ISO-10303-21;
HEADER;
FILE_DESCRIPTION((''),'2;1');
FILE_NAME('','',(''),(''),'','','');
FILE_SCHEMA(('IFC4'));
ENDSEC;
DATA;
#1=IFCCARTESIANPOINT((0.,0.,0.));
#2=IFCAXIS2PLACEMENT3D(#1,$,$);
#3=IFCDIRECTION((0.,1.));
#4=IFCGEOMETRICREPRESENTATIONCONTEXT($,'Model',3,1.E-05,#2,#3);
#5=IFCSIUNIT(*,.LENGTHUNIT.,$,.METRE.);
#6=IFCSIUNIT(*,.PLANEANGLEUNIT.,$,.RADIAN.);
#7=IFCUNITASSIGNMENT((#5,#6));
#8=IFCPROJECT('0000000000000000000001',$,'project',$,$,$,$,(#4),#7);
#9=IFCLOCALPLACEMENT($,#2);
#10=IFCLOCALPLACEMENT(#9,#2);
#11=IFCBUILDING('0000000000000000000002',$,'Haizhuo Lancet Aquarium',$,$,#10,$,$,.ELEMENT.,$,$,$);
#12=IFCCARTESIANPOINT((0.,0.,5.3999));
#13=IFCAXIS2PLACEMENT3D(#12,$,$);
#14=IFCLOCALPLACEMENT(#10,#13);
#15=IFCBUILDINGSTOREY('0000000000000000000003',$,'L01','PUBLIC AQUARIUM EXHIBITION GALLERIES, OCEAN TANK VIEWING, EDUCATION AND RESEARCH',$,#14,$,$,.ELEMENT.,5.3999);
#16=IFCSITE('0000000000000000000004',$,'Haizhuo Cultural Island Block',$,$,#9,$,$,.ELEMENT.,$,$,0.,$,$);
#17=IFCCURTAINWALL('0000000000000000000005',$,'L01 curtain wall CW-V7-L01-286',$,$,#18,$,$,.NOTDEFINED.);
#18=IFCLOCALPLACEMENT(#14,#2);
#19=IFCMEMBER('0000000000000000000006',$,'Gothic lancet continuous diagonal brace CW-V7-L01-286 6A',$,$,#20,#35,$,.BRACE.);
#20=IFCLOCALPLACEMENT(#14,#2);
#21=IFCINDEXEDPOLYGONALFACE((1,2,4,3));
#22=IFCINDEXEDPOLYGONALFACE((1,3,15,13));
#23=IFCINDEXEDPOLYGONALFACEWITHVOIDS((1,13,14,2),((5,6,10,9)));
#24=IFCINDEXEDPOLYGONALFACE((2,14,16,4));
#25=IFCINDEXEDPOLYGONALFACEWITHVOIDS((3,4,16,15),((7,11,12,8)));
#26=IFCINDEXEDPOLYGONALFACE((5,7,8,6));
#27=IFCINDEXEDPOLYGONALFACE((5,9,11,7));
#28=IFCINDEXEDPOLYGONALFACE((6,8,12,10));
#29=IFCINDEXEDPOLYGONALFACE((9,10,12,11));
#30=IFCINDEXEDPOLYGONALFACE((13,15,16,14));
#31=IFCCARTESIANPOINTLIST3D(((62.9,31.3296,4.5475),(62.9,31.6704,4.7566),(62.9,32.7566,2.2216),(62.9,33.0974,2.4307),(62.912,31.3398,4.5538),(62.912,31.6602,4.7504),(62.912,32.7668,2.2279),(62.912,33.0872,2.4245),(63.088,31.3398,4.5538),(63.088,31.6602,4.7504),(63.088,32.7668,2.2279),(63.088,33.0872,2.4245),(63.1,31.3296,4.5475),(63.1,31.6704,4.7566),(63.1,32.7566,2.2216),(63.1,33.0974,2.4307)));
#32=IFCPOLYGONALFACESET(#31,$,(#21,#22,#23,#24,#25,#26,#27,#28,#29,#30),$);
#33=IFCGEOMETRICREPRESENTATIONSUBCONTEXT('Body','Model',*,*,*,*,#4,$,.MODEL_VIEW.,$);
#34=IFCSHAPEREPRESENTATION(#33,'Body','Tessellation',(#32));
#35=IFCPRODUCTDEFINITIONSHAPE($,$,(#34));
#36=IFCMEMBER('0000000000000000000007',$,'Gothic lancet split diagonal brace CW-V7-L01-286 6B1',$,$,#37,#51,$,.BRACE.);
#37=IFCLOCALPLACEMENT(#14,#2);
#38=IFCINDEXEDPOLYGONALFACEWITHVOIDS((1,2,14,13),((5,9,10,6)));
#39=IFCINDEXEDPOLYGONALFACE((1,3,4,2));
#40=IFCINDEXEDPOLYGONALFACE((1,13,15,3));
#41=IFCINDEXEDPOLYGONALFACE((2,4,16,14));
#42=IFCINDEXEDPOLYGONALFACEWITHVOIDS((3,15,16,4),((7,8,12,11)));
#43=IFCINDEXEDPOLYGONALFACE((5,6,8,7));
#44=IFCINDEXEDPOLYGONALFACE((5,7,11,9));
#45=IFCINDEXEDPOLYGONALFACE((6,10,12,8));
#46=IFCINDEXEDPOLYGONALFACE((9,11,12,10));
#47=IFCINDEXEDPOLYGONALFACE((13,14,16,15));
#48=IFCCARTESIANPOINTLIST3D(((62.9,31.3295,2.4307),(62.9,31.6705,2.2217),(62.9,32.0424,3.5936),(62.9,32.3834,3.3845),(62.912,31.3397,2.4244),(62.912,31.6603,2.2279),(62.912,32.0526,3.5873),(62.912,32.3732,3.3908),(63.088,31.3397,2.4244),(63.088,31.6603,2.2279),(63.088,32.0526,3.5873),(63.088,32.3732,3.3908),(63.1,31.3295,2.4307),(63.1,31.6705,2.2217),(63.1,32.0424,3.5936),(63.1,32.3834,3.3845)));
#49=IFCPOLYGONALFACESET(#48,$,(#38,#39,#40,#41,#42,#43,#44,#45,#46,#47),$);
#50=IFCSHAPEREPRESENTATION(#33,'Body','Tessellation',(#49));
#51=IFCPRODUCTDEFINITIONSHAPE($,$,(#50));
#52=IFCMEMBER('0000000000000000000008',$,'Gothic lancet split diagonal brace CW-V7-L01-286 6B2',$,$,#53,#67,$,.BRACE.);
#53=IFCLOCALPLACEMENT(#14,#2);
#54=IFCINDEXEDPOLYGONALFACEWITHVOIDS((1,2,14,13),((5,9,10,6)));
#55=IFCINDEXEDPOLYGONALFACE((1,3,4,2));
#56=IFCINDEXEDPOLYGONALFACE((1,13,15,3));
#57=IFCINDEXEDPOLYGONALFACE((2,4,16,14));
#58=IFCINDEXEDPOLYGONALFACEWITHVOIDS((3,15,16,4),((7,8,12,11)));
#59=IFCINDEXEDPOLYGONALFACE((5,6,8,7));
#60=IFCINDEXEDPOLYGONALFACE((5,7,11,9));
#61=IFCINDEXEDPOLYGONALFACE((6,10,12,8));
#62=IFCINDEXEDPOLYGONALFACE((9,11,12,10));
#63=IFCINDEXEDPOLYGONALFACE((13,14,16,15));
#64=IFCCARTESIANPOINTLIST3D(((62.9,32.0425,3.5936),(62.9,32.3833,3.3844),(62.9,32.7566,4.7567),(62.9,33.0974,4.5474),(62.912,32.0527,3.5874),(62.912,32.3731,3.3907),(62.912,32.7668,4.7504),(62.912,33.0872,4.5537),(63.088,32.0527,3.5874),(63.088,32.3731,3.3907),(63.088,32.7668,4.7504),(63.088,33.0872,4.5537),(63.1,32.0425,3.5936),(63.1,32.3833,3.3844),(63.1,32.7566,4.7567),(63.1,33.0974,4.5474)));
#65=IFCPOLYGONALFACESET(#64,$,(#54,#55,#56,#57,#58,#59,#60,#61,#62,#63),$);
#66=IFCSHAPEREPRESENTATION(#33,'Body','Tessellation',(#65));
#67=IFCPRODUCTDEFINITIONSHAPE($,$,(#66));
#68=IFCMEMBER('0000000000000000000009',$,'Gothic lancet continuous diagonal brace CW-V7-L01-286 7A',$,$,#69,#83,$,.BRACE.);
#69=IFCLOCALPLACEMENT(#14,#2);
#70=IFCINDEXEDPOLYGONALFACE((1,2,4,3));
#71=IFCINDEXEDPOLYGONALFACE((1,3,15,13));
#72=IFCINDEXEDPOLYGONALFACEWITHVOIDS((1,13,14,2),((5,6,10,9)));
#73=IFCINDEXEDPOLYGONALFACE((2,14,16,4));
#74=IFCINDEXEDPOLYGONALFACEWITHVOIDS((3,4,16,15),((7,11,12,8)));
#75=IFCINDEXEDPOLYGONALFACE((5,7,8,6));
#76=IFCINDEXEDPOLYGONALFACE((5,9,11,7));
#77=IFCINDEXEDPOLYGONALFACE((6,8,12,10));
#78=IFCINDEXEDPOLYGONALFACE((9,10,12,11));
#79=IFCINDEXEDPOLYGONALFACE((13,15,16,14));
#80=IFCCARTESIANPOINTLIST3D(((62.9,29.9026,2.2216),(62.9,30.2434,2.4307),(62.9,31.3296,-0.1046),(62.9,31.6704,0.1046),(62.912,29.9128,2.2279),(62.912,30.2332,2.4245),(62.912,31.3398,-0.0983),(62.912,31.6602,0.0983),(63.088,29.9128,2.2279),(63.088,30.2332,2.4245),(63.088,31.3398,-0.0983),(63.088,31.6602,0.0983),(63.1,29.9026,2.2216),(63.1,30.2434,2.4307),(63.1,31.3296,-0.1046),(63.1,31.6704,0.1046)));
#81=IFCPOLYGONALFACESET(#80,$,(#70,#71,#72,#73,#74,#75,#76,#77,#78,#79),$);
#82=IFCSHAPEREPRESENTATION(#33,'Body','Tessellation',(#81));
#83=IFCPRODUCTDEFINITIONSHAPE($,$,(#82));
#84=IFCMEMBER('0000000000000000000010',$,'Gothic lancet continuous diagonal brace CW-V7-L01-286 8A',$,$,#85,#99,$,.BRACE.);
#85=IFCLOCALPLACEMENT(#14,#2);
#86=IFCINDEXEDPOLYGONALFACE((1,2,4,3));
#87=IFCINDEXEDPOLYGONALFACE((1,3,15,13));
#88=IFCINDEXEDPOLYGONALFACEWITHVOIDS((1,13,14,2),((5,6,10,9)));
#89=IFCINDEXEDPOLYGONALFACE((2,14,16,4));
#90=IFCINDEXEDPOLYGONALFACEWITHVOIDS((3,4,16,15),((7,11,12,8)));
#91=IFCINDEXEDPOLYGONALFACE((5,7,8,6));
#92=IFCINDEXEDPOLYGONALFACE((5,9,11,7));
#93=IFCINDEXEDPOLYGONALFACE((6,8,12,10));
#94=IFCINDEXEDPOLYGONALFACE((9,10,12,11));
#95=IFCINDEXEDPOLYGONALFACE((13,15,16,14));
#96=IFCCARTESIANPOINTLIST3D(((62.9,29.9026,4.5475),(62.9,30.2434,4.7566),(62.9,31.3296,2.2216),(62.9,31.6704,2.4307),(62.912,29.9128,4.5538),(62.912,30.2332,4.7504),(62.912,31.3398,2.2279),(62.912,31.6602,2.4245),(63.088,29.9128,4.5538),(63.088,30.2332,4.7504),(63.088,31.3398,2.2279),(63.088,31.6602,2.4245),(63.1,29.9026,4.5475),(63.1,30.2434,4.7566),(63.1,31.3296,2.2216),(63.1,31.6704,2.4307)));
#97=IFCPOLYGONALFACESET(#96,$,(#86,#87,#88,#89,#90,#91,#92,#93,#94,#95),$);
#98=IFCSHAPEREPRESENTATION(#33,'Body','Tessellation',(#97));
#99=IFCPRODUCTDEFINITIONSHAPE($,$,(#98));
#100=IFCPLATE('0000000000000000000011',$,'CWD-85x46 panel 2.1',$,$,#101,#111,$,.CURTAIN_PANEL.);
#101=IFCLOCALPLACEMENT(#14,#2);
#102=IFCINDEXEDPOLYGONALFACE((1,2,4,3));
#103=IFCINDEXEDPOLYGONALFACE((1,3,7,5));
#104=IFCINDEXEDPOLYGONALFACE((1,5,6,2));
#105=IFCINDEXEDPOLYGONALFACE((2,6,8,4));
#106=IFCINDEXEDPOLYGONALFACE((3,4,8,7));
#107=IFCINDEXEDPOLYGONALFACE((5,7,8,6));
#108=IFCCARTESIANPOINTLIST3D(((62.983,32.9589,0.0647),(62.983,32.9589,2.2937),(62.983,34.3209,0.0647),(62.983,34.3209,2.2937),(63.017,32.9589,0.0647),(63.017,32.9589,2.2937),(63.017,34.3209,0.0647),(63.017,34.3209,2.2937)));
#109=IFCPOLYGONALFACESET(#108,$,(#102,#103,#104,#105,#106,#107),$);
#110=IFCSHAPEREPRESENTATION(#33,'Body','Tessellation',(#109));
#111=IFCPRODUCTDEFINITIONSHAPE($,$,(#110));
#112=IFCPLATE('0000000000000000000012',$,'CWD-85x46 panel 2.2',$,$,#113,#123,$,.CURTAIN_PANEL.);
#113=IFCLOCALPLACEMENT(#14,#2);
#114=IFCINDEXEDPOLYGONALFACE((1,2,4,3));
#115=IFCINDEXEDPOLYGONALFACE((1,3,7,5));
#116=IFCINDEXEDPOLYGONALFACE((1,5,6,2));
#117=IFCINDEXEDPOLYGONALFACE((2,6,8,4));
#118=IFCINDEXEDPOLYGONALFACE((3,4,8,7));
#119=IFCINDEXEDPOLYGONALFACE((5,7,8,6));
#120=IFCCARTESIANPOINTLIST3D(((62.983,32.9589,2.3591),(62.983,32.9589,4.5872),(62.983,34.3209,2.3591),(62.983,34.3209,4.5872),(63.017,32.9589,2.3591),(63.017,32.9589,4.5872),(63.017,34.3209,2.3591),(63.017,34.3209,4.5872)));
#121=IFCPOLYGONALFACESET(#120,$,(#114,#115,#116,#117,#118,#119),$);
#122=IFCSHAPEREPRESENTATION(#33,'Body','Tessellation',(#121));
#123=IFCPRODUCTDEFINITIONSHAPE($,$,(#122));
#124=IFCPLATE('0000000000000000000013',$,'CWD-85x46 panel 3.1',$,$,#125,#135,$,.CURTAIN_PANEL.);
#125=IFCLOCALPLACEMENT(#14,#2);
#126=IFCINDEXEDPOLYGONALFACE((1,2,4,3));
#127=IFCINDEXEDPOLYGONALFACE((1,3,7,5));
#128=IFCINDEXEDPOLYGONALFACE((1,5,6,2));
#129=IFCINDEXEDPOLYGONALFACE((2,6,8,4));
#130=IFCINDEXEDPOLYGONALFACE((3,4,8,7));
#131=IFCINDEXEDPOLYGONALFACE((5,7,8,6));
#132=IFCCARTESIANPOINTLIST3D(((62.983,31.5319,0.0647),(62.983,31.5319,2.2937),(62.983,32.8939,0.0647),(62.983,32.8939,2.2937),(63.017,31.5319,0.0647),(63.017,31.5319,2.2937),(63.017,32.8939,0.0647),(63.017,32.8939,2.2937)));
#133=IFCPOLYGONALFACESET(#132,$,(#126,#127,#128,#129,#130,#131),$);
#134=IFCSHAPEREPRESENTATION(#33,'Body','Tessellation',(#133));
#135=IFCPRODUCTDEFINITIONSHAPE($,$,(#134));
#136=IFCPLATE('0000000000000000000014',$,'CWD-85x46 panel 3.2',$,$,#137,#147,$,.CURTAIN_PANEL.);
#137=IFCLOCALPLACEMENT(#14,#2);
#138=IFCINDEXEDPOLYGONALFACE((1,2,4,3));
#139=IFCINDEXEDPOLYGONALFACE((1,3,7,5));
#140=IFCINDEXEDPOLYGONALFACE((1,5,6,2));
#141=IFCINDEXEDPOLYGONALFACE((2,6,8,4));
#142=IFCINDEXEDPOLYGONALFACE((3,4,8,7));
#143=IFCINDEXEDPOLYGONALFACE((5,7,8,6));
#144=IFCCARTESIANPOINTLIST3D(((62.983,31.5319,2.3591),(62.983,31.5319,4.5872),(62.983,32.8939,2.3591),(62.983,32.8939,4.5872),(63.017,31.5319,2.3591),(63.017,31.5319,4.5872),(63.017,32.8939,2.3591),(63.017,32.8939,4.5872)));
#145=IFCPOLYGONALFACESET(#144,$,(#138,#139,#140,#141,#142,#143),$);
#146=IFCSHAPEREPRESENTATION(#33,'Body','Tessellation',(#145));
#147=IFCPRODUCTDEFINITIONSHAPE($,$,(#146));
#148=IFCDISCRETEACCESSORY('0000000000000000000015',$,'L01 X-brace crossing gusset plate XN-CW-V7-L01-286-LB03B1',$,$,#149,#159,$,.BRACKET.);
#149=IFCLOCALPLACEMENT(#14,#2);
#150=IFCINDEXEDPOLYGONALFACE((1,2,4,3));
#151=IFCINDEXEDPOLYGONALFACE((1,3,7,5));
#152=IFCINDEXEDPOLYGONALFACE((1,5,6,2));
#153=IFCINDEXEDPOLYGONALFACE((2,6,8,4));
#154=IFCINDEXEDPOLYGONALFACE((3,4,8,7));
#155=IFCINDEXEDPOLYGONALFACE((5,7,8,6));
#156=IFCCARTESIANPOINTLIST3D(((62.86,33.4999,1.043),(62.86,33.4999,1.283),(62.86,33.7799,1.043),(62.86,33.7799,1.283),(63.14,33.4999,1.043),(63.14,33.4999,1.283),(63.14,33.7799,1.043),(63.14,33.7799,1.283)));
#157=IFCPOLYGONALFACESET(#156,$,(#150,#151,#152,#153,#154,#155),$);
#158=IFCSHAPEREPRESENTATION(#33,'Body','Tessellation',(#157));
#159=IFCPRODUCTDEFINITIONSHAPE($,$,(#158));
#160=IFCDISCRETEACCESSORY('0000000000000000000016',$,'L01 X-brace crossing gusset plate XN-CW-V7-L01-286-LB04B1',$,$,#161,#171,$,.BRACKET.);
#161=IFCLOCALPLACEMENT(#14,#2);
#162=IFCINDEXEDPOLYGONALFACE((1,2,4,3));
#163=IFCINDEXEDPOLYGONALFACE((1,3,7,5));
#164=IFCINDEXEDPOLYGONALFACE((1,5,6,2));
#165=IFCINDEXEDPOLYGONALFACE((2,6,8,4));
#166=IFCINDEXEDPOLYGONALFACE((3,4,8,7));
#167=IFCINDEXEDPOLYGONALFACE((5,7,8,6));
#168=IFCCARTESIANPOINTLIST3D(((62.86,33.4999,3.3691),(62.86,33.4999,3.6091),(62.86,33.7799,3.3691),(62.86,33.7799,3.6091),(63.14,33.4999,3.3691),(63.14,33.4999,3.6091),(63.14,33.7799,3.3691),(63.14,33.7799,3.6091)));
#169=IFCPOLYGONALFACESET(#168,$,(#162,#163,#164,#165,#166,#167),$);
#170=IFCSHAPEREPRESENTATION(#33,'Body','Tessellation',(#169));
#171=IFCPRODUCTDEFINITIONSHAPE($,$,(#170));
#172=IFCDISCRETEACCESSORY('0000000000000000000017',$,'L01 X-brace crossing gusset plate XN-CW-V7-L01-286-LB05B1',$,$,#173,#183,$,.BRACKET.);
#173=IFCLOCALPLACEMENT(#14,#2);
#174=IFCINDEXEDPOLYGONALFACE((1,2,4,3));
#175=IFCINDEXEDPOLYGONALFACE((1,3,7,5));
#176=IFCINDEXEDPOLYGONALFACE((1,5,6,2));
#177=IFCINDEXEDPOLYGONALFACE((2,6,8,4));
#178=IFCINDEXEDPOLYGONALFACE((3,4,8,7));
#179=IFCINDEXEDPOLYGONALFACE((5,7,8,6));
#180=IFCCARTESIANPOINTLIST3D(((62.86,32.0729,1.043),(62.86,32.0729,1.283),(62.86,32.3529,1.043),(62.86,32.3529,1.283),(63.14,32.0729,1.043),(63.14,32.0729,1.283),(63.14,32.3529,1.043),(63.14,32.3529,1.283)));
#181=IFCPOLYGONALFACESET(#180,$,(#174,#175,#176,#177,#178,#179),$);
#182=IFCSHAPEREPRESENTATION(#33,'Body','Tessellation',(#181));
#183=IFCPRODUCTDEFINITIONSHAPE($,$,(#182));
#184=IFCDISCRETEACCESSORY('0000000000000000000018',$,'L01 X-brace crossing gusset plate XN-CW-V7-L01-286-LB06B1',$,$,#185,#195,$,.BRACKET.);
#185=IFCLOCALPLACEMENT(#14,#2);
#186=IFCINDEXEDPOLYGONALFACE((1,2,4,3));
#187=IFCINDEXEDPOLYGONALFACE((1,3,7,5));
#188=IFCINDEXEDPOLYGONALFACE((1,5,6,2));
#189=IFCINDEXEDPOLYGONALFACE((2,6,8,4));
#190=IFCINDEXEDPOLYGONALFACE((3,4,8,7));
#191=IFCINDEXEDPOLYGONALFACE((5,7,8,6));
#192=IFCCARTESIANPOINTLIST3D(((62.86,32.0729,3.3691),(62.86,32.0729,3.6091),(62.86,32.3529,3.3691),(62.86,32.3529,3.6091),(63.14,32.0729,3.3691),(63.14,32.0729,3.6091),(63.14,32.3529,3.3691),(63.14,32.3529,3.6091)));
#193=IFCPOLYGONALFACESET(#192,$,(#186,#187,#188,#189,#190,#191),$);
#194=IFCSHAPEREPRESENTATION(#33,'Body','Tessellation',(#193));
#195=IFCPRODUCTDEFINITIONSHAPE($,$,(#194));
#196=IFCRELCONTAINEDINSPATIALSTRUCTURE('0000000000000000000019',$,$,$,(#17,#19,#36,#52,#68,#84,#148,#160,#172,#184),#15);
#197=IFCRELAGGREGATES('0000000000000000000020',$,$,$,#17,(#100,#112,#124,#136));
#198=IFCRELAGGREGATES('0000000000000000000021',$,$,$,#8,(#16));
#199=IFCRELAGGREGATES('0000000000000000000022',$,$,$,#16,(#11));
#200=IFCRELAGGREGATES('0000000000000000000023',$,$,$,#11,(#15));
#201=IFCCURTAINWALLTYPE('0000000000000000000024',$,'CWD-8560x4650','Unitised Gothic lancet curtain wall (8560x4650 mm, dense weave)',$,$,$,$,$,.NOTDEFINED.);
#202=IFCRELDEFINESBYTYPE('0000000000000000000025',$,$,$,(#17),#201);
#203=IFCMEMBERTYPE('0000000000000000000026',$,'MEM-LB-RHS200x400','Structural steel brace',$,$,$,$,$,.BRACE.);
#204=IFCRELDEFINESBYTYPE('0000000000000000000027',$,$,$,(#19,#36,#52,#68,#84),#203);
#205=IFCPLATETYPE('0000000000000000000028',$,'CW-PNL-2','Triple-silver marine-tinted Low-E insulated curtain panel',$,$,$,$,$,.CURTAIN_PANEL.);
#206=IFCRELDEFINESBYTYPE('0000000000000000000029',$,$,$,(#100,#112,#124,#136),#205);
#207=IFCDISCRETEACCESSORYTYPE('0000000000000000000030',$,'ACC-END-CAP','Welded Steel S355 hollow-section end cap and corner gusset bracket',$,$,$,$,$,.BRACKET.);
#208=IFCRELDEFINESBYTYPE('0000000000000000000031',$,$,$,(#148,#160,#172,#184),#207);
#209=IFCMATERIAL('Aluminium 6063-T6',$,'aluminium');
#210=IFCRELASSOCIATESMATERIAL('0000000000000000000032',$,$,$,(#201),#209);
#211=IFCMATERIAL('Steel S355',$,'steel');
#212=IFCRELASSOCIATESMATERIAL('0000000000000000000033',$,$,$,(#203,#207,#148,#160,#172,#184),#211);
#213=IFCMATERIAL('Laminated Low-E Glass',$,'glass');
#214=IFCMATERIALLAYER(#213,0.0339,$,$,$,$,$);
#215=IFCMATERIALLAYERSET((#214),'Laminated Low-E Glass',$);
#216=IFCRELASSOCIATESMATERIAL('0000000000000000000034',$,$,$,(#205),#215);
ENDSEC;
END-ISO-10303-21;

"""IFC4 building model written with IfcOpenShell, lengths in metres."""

from ifc_helpers import new_model, si_unit, direction, frame, origin, origin_2d, place, context, subcontext, project, spatial, rectangle, hollow_rectangle, extrude, material, layer, layer_set, material_profile, profile_set, type_object, element, aggregate, save


model = new_model("IFC4")

# Units and contexts
model_context = context("Model", 3, precision=1e-05, world=origin(), true_north=direction((0.0, 1.0)))
body_context = subcontext(model_context, "Body", "Model", "MODEL_VIEW")
ifc_project = project(units=[si_unit("LENGTHUNIT", "METRE"), si_unit("PLANEANGLEUNIT", "RADIAN")], contexts=[model_context])

# Site, building, storey
site_placement = place(None, origin())
site = spatial("IfcSite", under=ifc_project, at=site_placement, Name="Haizhuo Cultural Island Block", CompositionType="ELEMENT", RefElevation=0.0)
building_placement = place(site_placement, origin())
building = spatial("IfcBuilding", under=site, at=building_placement, Name="Haizhuo Lancet Aquarium", CompositionType="ELEMENT")
storey_placement = place(building_placement, frame((0.0, 0.0, 5.3999)))
storey = spatial("IfcBuildingStorey", under=building, at=storey_placement, Name="L01", Description="PUBLIC AQUARIUM EXHIBITION GALLERIES, OCEAN TANK VIEWING, EDUCATION AND RESEARCH", CompositionType="ELEMENT", Elevation=5.3999)

# Curtain wall
ifc_material_1 = material(Name="Aluminium 6063-T6", Category="aluminium")
curtain_wall_type = type_object("IfcCurtainWallType", Name="CWD-8560x4650", Description="Unitised Gothic lancet curtain wall (8560x4650 mm, dense weave)", PredefinedType="NOTDEFINED", material=ifc_material_1)
curtain_wall_placement = place(storey_placement, origin())
curtain_wall = element("IfcCurtainWall", 1, at=curtain_wall_placement, inside=storey, type_object=curtain_wall_type, Name="L01 curtain wall CW-V7-L01-286", PredefinedType="NOTDEFINED")

# Members
ifc_material_2 = material(Name="Steel S355", Category="steel")
ifc_material_profile_1 = material_profile(ifc_material_2, hollow_rectangle(XDim=0.2, YDim=0.3999, WallThickness=0.012, at=origin_2d()), Name="RHS 200x400x12")
ifc_profile_set_1 = profile_set([ifc_material_profile_1], Name="Steel S355")
member_type_1 = type_object("IfcMemberType", Name="MEM-LB-RHS200x400", Description="Structural steel brace", PredefinedType="BRACE", material=ifc_profile_set_1)
member_1_placement = place(storey_placement, frame((63.0, 32.927, 2.3262), z_axis=(0.0, -0.522944, 0.852367), x_axis=(1.0, 0.0, 0.0)))
element("IfcMember", 2, at=member_1_placement, inside=storey, type_object=member_type_1, Name="Gothic lancet continuous diagonal brace CW-V7-L01-286 6A", PredefinedType="BRACE", context=body_context, shape_type="SweptSolid", body=[
    extrude(hollow_rectangle(XDim=0.2, YDim=0.3999, WallThickness=0.012, at=origin_2d()), origin(), (0.0, 0.0, 1.0), 2.7288),
])
member_2_placement = place(storey_placement, frame((63.0, 31.5, 2.3262), z_axis=(0.0, 0.522659, 0.852542), x_axis=(-1.0, 0.0, 0.0)))
element("IfcMember", 3, at=member_2_placement, inside=storey, type_object=member_type_1, Name="Gothic lancet split diagonal brace CW-V7-L01-286 6B1", PredefinedType="BRACE", context=body_context, shape_type="SweptSolid", body=[
    extrude(hollow_rectangle(XDim=0.2, YDim=0.3999, WallThickness=0.012, at=origin_2d()), origin(), (0.0, 0.0, 1.0), 1.364),
])
member_3_placement = place(storey_placement, frame((63.0, 32.2129, 3.489), z_axis=(0.0, 0.523229, 0.852192), x_axis=(-1.0, 0.0, 0.0)))
element("IfcMember", 4, at=member_3_placement, inside=storey, type_object=member_type_1, Name="Gothic lancet split diagonal brace CW-V7-L01-286 6B2", PredefinedType="BRACE", context=body_context, shape_type="SweptSolid", body=[
    extrude(hollow_rectangle(XDim=0.2, YDim=0.3999, WallThickness=0.012, at=origin_2d()), origin(), (0.0, 0.0, 1.0), 1.3647),
])
member_4_placement = place(storey_placement, frame((63.0, 31.5, 0.0), z_axis=(0.0, -0.522904, 0.852392), x_axis=(1.0, 0.0, 0.0)))
element("IfcMember", 5, at=member_4_placement, inside=storey, type_object=member_type_1, Name="Gothic lancet continuous diagonal brace CW-V7-L01-286 7A", PredefinedType="BRACE", context=body_context, shape_type="SweptSolid", body=[
    extrude(hollow_rectangle(XDim=0.2, YDim=0.3999, WallThickness=0.012, at=origin_2d()), origin(), (0.0, 0.0, 1.0), 2.729),
])
member_5_placement = place(storey_placement, frame((63.0, 31.5, 2.3262), z_axis=(0.0, -0.522944, 0.852367), x_axis=(1.0, 0.0, 0.0)))
element("IfcMember", 6, at=member_5_placement, inside=storey, type_object=member_type_1, Name="Gothic lancet continuous diagonal brace CW-V7-L01-286 8A", PredefinedType="BRACE", context=body_context, shape_type="SweptSolid", body=[
    extrude(hollow_rectangle(XDim=0.2, YDim=0.3999, WallThickness=0.012, at=origin_2d()), origin(), (0.0, 0.0, 1.0), 2.7288),
])

# Plates
ifc_material_3 = material(Name="Laminated Low-E Glass", Category="glass")
ifc_layer = layer(ifc_material_3, 0.0339)
ifc_layer_set = layer_set([ifc_layer], Name="Laminated Low-E Glass")
plate_type = type_object("IfcPlateType", Name="CW-PNL-2", Description="Triple-silver marine-tinted Low-E insulated curtain panel", PredefinedType="CURTAIN_PANEL", material=ifc_layer_set)
plate_1_placement = place(storey_placement, frame((63.0, 33.6399, 0.0647), z_axis=(0.0, 0.0, 1.0), x_axis=(0.0, -1.0, 0.0)))
plate_1 = element("IfcPlate", 7, at=plate_1_placement, type_object=plate_type, Name="CWD-85x46 panel 2.1", PredefinedType="CURTAIN_PANEL", context=body_context, shape_type="SweptSolid", body=[
    extrude(rectangle(XDim=1.3621, YDim=0.0339, at=origin_2d()), origin(), (0.0, 0.0, 1.0), 2.229),
])
plate_2_placement = place(storey_placement, frame((63.0, 33.6399, 2.3591), z_axis=(0.0, 0.0, 1.0), x_axis=(0.0, -1.0, 0.0)))
plate_2 = element("IfcPlate", 8, at=plate_2_placement, type_object=plate_type, Name="CWD-85x46 panel 2.2", PredefinedType="CURTAIN_PANEL", context=body_context, shape_type="SweptSolid", body=[
    extrude(rectangle(XDim=1.3621, YDim=0.0339, at=origin_2d()), origin(), (0.0, 0.0, 1.0), 2.228),
])
plate_3_placement = place(storey_placement, frame((63.0, 32.2129, 0.0647), z_axis=(0.0, 0.0, 1.0), x_axis=(0.0, -1.0, 0.0)))
plate_3 = element("IfcPlate", 9, at=plate_3_placement, type_object=plate_type, Name="CWD-85x46 panel 3.1", PredefinedType="CURTAIN_PANEL", context=body_context, shape_type="SweptSolid", body=[
    extrude(rectangle(XDim=1.3621, YDim=0.0339, at=origin_2d()), origin(), (0.0, 0.0, 1.0), 2.229),
])
plate_4_placement = place(storey_placement, frame((63.0, 32.2129, 2.3591), z_axis=(0.0, 0.0, 1.0), x_axis=(0.0, -1.0, 0.0)))
plate_4 = element("IfcPlate", 10, at=plate_4_placement, type_object=plate_type, Name="CWD-85x46 panel 3.2", PredefinedType="CURTAIN_PANEL", context=body_context, shape_type="SweptSolid", body=[
    extrude(rectangle(XDim=1.3621, YDim=0.0339, at=origin_2d()), origin(), (0.0, 0.0, 1.0), 2.228),
])
aggregate(curtain_wall, [plate_1, plate_2, plate_3, plate_4])

# Discrete accessories
discrete_accessory_type = type_object("IfcDiscreteAccessoryType", Name="ACC-END-CAP", Description="Welded Steel S355 hollow-section end cap and corner gusset bracket", PredefinedType="BRACKET", material=ifc_material_2)
for number, where, z_axis, x_axis, name in (
    (11, (63.0, 33.6399, 1.043), (0.0, 0.0, 1.0), (1.0, 0.0, 0.0), "L01 X-brace crossing gusset plate XN-CW-V7-L01-286-LB03B1"),
    (12, (63.0, 33.6399, 3.3691), (0.0, 0.0, 1.0), (1.0, 0.0, 0.0), "L01 X-brace crossing gusset plate XN-CW-V7-L01-286-LB04B1"),
    (13, (63.0, 32.2129, 1.043), (0.0, 0.0, 1.0), (1.0, 0.0, 0.0), "L01 X-brace crossing gusset plate XN-CW-V7-L01-286-LB05B1"),
    (14, (63.0, 32.2129, 3.3691), (0.0, 0.0, 1.0), (1.0, 0.0, 0.0), "L01 X-brace crossing gusset plate XN-CW-V7-L01-286-LB06B1"),
):
    element("IfcDiscreteAccessory", number, at=place(storey_placement, frame(where, z_axis=z_axis, x_axis=x_axis)), inside=storey, type_object=discrete_accessory_type, material=ifc_material_2, Name=name, PredefinedType="BRACKET", context=body_context, shape_type="SweptSolid", body=[
        extrude(rectangle(XDim=0.28, YDim=0.28, at=origin_2d()), origin(), (0.0, 0.0, 1.0), 0.24),
    ])

save(model, "model.ifc")
